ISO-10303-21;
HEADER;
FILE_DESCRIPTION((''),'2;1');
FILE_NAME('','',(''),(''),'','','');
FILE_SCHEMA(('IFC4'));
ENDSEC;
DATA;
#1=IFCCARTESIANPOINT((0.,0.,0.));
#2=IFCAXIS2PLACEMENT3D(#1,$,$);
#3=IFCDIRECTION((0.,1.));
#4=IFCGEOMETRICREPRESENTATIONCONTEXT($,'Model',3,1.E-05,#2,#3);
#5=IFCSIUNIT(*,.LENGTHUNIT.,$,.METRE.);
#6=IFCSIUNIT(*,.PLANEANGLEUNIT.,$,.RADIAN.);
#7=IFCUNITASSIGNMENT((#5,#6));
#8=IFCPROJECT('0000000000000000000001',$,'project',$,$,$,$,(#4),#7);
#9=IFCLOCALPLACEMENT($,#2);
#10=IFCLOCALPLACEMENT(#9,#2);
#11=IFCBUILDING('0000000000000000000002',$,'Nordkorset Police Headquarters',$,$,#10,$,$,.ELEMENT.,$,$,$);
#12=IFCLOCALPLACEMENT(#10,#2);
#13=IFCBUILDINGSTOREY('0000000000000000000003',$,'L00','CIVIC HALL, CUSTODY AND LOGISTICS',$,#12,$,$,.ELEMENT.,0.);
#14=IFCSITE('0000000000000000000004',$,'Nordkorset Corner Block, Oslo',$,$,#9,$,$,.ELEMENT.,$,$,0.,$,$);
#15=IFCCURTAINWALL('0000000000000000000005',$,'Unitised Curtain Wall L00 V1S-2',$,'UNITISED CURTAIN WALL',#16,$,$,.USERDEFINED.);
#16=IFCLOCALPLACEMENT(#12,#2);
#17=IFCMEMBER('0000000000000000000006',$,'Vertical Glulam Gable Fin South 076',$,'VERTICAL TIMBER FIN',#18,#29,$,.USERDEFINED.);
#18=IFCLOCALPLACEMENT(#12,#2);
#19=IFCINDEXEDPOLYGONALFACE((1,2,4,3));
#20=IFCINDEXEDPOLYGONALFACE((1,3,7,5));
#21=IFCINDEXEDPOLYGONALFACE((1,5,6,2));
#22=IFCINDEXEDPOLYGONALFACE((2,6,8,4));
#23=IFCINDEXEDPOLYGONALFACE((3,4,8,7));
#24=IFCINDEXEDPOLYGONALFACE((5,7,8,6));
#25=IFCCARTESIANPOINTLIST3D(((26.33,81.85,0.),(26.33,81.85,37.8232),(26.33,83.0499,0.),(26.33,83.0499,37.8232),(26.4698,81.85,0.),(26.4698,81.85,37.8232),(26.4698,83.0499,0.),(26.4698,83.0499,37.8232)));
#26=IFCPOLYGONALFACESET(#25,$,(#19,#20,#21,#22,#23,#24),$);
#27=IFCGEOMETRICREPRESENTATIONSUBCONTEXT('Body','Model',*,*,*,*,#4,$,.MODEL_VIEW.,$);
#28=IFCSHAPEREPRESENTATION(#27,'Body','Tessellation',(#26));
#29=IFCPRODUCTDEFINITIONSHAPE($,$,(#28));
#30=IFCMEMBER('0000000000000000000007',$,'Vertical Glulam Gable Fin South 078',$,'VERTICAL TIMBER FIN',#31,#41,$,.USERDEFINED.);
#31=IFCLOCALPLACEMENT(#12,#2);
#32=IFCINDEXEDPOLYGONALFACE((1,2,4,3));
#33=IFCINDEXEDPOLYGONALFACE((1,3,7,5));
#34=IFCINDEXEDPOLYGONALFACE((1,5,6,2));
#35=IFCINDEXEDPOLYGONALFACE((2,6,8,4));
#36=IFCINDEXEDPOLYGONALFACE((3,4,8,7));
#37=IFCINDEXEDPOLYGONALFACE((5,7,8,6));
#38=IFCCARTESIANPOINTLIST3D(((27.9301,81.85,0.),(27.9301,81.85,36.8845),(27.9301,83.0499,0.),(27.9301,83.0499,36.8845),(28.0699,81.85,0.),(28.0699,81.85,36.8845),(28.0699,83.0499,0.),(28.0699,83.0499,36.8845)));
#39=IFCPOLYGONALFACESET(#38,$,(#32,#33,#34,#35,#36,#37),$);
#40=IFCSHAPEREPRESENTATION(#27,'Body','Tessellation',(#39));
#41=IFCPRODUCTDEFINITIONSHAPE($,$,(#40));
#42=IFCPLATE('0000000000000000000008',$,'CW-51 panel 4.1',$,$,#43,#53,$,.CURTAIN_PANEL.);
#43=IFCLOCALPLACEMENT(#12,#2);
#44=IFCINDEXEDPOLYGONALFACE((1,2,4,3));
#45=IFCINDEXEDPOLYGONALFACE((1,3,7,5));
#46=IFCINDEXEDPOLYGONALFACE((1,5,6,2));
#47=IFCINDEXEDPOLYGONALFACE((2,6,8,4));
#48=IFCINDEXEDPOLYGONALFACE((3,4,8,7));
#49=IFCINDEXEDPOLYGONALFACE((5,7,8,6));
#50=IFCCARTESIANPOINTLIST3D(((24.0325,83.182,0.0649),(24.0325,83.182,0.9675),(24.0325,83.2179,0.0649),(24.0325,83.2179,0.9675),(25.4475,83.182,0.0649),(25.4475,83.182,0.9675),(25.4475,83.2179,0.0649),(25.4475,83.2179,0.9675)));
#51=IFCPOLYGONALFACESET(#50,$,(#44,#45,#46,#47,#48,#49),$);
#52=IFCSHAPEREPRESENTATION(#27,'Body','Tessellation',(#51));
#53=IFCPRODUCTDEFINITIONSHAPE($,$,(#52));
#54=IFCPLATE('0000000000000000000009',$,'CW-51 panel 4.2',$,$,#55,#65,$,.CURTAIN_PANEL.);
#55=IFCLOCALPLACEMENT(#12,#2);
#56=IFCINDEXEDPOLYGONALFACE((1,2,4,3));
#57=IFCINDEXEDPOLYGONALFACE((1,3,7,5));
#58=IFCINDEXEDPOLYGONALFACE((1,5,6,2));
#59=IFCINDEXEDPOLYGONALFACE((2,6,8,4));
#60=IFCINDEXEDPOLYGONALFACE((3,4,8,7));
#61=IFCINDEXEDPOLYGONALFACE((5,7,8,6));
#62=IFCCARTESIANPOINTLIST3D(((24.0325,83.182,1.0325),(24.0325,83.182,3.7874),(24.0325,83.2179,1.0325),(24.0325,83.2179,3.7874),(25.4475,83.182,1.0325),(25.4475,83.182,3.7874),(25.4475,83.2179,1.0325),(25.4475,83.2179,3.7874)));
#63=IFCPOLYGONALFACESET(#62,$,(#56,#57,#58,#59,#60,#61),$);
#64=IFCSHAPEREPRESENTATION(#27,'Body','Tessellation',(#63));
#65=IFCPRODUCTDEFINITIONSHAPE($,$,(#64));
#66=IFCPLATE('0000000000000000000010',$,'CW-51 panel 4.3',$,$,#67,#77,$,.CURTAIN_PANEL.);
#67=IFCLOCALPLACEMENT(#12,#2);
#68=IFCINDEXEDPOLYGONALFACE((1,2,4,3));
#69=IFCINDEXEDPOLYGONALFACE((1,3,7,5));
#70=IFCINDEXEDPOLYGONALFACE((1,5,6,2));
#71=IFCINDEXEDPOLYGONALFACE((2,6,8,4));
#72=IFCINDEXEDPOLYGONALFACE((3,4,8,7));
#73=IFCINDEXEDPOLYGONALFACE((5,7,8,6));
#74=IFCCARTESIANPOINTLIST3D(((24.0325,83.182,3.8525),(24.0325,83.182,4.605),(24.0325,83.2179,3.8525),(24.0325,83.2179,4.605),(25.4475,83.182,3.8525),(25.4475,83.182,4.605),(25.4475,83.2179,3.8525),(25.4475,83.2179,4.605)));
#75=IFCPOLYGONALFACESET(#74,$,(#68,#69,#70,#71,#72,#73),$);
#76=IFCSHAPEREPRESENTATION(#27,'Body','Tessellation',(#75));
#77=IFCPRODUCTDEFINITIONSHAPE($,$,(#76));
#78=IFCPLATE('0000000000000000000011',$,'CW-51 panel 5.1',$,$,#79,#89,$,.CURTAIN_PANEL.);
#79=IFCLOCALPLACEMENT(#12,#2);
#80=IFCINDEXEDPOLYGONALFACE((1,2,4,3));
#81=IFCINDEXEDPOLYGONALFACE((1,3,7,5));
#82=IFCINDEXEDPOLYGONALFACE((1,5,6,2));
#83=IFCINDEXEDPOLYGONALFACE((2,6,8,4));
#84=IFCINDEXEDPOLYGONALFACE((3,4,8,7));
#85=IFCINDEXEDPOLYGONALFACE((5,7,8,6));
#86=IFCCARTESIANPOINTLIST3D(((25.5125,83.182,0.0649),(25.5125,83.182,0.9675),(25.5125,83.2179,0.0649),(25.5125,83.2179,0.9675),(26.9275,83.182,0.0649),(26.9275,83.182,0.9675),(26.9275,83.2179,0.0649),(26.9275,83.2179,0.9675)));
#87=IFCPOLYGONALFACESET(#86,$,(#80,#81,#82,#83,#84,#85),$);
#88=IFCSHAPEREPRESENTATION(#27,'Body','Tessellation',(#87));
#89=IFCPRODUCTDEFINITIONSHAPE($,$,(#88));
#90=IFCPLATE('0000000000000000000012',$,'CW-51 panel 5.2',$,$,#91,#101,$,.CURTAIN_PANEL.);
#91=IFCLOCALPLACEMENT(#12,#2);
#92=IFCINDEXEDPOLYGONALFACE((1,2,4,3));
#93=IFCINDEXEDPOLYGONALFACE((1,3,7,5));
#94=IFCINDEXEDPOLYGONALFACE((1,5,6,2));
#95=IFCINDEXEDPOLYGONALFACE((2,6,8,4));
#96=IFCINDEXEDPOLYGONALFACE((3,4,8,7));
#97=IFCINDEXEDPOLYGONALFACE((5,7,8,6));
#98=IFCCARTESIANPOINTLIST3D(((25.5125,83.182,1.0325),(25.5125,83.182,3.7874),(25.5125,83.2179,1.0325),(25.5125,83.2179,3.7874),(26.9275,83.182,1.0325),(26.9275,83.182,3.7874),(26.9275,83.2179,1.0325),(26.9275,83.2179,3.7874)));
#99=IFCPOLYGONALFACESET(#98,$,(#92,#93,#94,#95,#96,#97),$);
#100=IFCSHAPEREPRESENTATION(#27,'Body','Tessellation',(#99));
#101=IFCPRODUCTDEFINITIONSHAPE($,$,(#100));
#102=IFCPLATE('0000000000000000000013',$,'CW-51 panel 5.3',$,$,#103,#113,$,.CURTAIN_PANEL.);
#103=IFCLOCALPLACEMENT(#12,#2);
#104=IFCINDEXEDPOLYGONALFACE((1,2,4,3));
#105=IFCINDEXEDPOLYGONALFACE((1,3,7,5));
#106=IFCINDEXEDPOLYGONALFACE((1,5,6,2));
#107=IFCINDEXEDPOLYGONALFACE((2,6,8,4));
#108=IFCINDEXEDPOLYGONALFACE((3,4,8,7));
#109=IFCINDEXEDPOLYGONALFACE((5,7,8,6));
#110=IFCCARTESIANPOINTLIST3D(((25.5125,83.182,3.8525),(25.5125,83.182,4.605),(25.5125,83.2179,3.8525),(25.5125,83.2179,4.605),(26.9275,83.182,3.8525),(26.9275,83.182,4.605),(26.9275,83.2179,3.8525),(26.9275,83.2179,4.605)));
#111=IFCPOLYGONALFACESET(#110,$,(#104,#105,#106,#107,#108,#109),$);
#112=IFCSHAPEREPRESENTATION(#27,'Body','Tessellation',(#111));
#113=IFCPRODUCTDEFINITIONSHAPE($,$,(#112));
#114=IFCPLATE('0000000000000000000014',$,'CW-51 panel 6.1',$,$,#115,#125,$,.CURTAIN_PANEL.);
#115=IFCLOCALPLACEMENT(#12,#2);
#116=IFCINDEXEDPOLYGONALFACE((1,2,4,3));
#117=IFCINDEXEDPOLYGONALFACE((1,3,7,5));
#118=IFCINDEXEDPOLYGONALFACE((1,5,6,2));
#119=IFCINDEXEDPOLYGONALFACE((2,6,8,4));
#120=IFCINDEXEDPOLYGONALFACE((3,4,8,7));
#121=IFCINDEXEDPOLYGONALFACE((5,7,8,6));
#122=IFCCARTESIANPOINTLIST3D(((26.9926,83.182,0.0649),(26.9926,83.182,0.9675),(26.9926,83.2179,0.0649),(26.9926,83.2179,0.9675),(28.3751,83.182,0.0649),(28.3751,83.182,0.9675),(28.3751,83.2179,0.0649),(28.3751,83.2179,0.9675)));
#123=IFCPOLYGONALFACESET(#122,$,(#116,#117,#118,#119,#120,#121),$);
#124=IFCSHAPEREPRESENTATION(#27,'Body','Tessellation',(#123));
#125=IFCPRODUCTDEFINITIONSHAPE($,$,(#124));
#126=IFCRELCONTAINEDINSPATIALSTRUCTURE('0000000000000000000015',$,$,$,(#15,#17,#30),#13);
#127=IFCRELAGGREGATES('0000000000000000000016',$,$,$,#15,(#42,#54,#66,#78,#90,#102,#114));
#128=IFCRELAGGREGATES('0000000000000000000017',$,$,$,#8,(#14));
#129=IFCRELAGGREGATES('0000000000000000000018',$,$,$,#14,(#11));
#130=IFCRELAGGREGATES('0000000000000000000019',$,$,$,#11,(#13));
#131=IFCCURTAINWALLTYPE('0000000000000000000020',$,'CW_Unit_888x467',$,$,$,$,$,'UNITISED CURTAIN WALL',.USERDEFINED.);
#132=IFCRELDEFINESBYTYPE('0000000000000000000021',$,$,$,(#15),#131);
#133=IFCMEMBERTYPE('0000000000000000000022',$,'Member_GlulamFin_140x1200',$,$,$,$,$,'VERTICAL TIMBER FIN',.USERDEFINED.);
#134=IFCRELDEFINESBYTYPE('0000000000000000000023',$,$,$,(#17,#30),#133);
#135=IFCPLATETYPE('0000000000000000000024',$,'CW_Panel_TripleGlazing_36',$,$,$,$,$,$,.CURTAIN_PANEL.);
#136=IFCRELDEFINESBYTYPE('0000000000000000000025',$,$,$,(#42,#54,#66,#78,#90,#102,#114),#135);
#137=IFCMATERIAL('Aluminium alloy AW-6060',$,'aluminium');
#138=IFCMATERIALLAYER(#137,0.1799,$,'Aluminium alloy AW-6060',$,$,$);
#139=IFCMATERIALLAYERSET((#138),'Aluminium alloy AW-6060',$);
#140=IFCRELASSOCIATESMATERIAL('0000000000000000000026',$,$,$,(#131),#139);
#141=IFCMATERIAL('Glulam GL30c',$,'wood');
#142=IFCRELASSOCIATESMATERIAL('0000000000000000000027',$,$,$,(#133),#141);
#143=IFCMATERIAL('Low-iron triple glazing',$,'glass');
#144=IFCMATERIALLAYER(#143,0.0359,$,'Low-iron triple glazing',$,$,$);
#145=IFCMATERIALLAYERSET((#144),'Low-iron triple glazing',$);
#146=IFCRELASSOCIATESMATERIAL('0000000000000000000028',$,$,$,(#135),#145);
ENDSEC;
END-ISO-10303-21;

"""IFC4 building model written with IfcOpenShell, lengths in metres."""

from ifc_helpers import new_model, si_unit, direction, frame, origin, origin_2d, place, context, subcontext, project, spatial, rectangle, extrude, material, layer, layer_set, material_profile, profile_set, type_object, element, aggregate, save


model = new_model("IFC4")

# Units and contexts
model_context = context("Model", 3, precision=1e-05, world=origin(), true_north=direction((0.0, 1.0)))
body_context = subcontext(model_context, "Body", "Model", "MODEL_VIEW")
ifc_project = project(units=[si_unit("LENGTHUNIT", "METRE"), si_unit("PLANEANGLEUNIT", "RADIAN")], contexts=[model_context])

# Site, building, storey
site_placement = place(None, origin())
site = spatial("IfcSite", under=ifc_project, at=site_placement, Name="Nordkorset Corner Block, Oslo", CompositionType="ELEMENT", RefElevation=0.0)
building_placement = place(site_placement, origin())
building = spatial("IfcBuilding", under=site, at=building_placement, Name="Nordkorset Police Headquarters", CompositionType="ELEMENT")
storey_placement = place(building_placement, origin())
storey = spatial("IfcBuildingStorey", under=building, at=storey_placement, Name="L00", Description="CIVIC HALL, CUSTODY AND LOGISTICS", CompositionType="ELEMENT", Elevation=0.0)

# Curtain wall
ifc_material_1 = material(Name="Aluminium alloy AW-6060", Category="aluminium")
ifc_layer_1 = layer(ifc_material_1, 0.1799, Name="Aluminium alloy AW-6060")
ifc_layer_set_1 = layer_set([ifc_layer_1], Name="Aluminium alloy AW-6060")
curtain_wall_type = type_object("IfcCurtainWallType", Name="CW_Unit_888x467", ElementType="UNITISED CURTAIN WALL", PredefinedType="USERDEFINED", material=ifc_layer_set_1)
curtain_wall_placement = place(storey_placement, origin())
curtain_wall = element("IfcCurtainWall", 1, at=curtain_wall_placement, inside=storey, type_object=curtain_wall_type, Name="Unitised Curtain Wall L00 V1S-2", ObjectType="UNITISED CURTAIN WALL", PredefinedType="USERDEFINED")

# Members
ifc_material_2 = material(Name="Glulam GL30c", Category="wood")
ifc_material_profile_1 = material_profile(ifc_material_2, rectangle(XDim=0.1399, YDim=1.2, at=origin_2d()), Name="GL30C FIN 140x1200")
ifc_profile_set_1 = profile_set([ifc_material_profile_1], Name="Glulam GL30c")
member_type_1 = type_object("IfcMemberType", Name="Member_GlulamFin_140x1200", ElementType="VERTICAL TIMBER FIN", PredefinedType="USERDEFINED", material=ifc_profile_set_1)
member_1_placement = place(storey_placement, frame((26.3999, 82.45, 0.0), z_axis=(0.0, 0.0, 1.0), x_axis=(1.0, 0.0, 0.0)))
element("IfcMember", 2, at=member_1_placement, inside=storey, type_object=member_type_1, Name="Vertical Glulam Gable Fin South 076", ObjectType="VERTICAL TIMBER FIN", PredefinedType="USERDEFINED", context=body_context, shape_type="SweptSolid", body=[
    extrude(rectangle(XDim=0.1399, YDim=1.2, at=origin_2d()), origin(), (0.0, 0.0, 1.0), 37.8232),
])
member_2_placement = place(storey_placement, frame((28.0, 82.45, 0.0), z_axis=(0.0, 0.0, 1.0), x_axis=(1.0, 0.0, 0.0)))
element("IfcMember", 3, at=member_2_placement, inside=storey, type_object=member_type_1, Name="Vertical Glulam Gable Fin South 078", ObjectType="VERTICAL TIMBER FIN", PredefinedType="USERDEFINED", context=body_context, shape_type="SweptSolid", body=[
    extrude(rectangle(XDim=0.1399, YDim=1.2, at=origin_2d()), origin(), (0.0, 0.0, 1.0), 36.8845),
])

# Plates
ifc_material_3 = material(Name="Low-iron triple glazing", Category="glass")
ifc_layer_2 = layer(ifc_material_3, 0.0359, Name="Low-iron triple glazing")
ifc_layer_set_2 = layer_set([ifc_layer_2], Name="Low-iron triple glazing")
plate_type = type_object("IfcPlateType", Name="CW_Panel_TripleGlazing_36", PredefinedType="CURTAIN_PANEL", material=ifc_layer_set_2)
plate_1_placement = place(storey_placement, frame((24.74, 83.2, 0.0649), z_axis=(0.0, 0.0, 1.0), x_axis=(1.0, 0.0, 0.0)))
plate_1 = element("IfcPlate", 4, at=plate_1_placement, type_object=plate_type, Name="CW-51 panel 4.1", PredefinedType="CURTAIN_PANEL", context=body_context, shape_type="SweptSolid", body=[
    extrude(rectangle(XDim=1.415, YDim=0.0359, at=origin_2d()), origin(), (0.0, 0.0, 1.0), 0.9026),
])
plate_2_placement = place(storey_placement, frame((24.74, 83.2, 1.0325), z_axis=(0.0, 0.0, 1.0), x_axis=(1.0, 0.0, 0.0)))
plate_2 = element("IfcPlate", 5, at=plate_2_placement, type_object=plate_type, Name="CW-51 panel 4.2", PredefinedType="CURTAIN_PANEL", context=body_context, shape_type="SweptSolid", body=[
    extrude(rectangle(XDim=1.415, YDim=0.0359, at=origin_2d()), origin(), (0.0, 0.0, 1.0), 2.7549),
])
plate_3_placement = place(storey_placement, frame((24.74, 83.2, 3.8525), z_axis=(0.0, 0.0, 1.0), x_axis=(1.0, 0.0, 0.0)))
plate_3 = element("IfcPlate", 6, at=plate_3_placement, type_object=plate_type, Name="CW-51 panel 4.3", PredefinedType="CURTAIN_PANEL", context=body_context, shape_type="SweptSolid", body=[
    extrude(rectangle(XDim=1.415, YDim=0.0359, at=origin_2d()), origin(), (0.0, 0.0, 1.0), 0.7524),
])
plate_4_placement = place(storey_placement, frame((26.22, 83.2, 0.0649), z_axis=(0.0, 0.0, 1.0), x_axis=(1.0, 0.0, 0.0)))
plate_4 = element("IfcPlate", 7, at=plate_4_placement, type_object=plate_type, Name="CW-51 panel 5.1", PredefinedType="CURTAIN_PANEL", context=body_context, shape_type="SweptSolid", body=[
    extrude(rectangle(XDim=1.415, YDim=0.0359, at=origin_2d()), origin(), (0.0, 0.0, 1.0), 0.9026),
])
plate_5_placement = place(storey_placement, frame((26.22, 83.2, 1.0325), z_axis=(0.0, 0.0, 1.0), x_axis=(1.0, 0.0, 0.0)))
plate_5 = element("IfcPlate", 8, at=plate_5_placement, type_object=plate_type, Name="CW-51 panel 5.2", PredefinedType="CURTAIN_PANEL", context=body_context, shape_type="SweptSolid", body=[
    extrude(rectangle(XDim=1.415, YDim=0.0359, at=origin_2d()), origin(), (0.0, 0.0, 1.0), 2.7549),
])
plate_6_placement = place(storey_placement, frame((26.22, 83.2, 3.8525), z_axis=(0.0, 0.0, 1.0), x_axis=(1.0, 0.0, 0.0)))
plate_6 = element("IfcPlate", 9, at=plate_6_placement, type_object=plate_type, Name="CW-51 panel 5.3", PredefinedType="CURTAIN_PANEL", context=body_context, shape_type="SweptSolid", body=[
    extrude(rectangle(XDim=1.415, YDim=0.0359, at=origin_2d()), origin(), (0.0, 0.0, 1.0), 0.7524),
])
plate_7_placement = place(storey_placement, frame((27.6838, 83.2, 0.0649), z_axis=(0.0, 0.0, 1.0), x_axis=(1.0, 0.0, 0.0)))
plate_7 = element("IfcPlate", 10, at=plate_7_placement, type_object=plate_type, Name="CW-51 panel 6.1", PredefinedType="CURTAIN_PANEL", context=body_context, shape_type="SweptSolid", body=[
    extrude(rectangle(XDim=1.3826, YDim=0.0359, at=origin_2d()), origin(), (0.0, 0.0, 1.0), 0.9026),
])
aggregate(curtain_wall, [plate_1, plate_2, plate_3, plate_4, plate_5, plate_6, plate_7])

save(model, "model.ifc")
